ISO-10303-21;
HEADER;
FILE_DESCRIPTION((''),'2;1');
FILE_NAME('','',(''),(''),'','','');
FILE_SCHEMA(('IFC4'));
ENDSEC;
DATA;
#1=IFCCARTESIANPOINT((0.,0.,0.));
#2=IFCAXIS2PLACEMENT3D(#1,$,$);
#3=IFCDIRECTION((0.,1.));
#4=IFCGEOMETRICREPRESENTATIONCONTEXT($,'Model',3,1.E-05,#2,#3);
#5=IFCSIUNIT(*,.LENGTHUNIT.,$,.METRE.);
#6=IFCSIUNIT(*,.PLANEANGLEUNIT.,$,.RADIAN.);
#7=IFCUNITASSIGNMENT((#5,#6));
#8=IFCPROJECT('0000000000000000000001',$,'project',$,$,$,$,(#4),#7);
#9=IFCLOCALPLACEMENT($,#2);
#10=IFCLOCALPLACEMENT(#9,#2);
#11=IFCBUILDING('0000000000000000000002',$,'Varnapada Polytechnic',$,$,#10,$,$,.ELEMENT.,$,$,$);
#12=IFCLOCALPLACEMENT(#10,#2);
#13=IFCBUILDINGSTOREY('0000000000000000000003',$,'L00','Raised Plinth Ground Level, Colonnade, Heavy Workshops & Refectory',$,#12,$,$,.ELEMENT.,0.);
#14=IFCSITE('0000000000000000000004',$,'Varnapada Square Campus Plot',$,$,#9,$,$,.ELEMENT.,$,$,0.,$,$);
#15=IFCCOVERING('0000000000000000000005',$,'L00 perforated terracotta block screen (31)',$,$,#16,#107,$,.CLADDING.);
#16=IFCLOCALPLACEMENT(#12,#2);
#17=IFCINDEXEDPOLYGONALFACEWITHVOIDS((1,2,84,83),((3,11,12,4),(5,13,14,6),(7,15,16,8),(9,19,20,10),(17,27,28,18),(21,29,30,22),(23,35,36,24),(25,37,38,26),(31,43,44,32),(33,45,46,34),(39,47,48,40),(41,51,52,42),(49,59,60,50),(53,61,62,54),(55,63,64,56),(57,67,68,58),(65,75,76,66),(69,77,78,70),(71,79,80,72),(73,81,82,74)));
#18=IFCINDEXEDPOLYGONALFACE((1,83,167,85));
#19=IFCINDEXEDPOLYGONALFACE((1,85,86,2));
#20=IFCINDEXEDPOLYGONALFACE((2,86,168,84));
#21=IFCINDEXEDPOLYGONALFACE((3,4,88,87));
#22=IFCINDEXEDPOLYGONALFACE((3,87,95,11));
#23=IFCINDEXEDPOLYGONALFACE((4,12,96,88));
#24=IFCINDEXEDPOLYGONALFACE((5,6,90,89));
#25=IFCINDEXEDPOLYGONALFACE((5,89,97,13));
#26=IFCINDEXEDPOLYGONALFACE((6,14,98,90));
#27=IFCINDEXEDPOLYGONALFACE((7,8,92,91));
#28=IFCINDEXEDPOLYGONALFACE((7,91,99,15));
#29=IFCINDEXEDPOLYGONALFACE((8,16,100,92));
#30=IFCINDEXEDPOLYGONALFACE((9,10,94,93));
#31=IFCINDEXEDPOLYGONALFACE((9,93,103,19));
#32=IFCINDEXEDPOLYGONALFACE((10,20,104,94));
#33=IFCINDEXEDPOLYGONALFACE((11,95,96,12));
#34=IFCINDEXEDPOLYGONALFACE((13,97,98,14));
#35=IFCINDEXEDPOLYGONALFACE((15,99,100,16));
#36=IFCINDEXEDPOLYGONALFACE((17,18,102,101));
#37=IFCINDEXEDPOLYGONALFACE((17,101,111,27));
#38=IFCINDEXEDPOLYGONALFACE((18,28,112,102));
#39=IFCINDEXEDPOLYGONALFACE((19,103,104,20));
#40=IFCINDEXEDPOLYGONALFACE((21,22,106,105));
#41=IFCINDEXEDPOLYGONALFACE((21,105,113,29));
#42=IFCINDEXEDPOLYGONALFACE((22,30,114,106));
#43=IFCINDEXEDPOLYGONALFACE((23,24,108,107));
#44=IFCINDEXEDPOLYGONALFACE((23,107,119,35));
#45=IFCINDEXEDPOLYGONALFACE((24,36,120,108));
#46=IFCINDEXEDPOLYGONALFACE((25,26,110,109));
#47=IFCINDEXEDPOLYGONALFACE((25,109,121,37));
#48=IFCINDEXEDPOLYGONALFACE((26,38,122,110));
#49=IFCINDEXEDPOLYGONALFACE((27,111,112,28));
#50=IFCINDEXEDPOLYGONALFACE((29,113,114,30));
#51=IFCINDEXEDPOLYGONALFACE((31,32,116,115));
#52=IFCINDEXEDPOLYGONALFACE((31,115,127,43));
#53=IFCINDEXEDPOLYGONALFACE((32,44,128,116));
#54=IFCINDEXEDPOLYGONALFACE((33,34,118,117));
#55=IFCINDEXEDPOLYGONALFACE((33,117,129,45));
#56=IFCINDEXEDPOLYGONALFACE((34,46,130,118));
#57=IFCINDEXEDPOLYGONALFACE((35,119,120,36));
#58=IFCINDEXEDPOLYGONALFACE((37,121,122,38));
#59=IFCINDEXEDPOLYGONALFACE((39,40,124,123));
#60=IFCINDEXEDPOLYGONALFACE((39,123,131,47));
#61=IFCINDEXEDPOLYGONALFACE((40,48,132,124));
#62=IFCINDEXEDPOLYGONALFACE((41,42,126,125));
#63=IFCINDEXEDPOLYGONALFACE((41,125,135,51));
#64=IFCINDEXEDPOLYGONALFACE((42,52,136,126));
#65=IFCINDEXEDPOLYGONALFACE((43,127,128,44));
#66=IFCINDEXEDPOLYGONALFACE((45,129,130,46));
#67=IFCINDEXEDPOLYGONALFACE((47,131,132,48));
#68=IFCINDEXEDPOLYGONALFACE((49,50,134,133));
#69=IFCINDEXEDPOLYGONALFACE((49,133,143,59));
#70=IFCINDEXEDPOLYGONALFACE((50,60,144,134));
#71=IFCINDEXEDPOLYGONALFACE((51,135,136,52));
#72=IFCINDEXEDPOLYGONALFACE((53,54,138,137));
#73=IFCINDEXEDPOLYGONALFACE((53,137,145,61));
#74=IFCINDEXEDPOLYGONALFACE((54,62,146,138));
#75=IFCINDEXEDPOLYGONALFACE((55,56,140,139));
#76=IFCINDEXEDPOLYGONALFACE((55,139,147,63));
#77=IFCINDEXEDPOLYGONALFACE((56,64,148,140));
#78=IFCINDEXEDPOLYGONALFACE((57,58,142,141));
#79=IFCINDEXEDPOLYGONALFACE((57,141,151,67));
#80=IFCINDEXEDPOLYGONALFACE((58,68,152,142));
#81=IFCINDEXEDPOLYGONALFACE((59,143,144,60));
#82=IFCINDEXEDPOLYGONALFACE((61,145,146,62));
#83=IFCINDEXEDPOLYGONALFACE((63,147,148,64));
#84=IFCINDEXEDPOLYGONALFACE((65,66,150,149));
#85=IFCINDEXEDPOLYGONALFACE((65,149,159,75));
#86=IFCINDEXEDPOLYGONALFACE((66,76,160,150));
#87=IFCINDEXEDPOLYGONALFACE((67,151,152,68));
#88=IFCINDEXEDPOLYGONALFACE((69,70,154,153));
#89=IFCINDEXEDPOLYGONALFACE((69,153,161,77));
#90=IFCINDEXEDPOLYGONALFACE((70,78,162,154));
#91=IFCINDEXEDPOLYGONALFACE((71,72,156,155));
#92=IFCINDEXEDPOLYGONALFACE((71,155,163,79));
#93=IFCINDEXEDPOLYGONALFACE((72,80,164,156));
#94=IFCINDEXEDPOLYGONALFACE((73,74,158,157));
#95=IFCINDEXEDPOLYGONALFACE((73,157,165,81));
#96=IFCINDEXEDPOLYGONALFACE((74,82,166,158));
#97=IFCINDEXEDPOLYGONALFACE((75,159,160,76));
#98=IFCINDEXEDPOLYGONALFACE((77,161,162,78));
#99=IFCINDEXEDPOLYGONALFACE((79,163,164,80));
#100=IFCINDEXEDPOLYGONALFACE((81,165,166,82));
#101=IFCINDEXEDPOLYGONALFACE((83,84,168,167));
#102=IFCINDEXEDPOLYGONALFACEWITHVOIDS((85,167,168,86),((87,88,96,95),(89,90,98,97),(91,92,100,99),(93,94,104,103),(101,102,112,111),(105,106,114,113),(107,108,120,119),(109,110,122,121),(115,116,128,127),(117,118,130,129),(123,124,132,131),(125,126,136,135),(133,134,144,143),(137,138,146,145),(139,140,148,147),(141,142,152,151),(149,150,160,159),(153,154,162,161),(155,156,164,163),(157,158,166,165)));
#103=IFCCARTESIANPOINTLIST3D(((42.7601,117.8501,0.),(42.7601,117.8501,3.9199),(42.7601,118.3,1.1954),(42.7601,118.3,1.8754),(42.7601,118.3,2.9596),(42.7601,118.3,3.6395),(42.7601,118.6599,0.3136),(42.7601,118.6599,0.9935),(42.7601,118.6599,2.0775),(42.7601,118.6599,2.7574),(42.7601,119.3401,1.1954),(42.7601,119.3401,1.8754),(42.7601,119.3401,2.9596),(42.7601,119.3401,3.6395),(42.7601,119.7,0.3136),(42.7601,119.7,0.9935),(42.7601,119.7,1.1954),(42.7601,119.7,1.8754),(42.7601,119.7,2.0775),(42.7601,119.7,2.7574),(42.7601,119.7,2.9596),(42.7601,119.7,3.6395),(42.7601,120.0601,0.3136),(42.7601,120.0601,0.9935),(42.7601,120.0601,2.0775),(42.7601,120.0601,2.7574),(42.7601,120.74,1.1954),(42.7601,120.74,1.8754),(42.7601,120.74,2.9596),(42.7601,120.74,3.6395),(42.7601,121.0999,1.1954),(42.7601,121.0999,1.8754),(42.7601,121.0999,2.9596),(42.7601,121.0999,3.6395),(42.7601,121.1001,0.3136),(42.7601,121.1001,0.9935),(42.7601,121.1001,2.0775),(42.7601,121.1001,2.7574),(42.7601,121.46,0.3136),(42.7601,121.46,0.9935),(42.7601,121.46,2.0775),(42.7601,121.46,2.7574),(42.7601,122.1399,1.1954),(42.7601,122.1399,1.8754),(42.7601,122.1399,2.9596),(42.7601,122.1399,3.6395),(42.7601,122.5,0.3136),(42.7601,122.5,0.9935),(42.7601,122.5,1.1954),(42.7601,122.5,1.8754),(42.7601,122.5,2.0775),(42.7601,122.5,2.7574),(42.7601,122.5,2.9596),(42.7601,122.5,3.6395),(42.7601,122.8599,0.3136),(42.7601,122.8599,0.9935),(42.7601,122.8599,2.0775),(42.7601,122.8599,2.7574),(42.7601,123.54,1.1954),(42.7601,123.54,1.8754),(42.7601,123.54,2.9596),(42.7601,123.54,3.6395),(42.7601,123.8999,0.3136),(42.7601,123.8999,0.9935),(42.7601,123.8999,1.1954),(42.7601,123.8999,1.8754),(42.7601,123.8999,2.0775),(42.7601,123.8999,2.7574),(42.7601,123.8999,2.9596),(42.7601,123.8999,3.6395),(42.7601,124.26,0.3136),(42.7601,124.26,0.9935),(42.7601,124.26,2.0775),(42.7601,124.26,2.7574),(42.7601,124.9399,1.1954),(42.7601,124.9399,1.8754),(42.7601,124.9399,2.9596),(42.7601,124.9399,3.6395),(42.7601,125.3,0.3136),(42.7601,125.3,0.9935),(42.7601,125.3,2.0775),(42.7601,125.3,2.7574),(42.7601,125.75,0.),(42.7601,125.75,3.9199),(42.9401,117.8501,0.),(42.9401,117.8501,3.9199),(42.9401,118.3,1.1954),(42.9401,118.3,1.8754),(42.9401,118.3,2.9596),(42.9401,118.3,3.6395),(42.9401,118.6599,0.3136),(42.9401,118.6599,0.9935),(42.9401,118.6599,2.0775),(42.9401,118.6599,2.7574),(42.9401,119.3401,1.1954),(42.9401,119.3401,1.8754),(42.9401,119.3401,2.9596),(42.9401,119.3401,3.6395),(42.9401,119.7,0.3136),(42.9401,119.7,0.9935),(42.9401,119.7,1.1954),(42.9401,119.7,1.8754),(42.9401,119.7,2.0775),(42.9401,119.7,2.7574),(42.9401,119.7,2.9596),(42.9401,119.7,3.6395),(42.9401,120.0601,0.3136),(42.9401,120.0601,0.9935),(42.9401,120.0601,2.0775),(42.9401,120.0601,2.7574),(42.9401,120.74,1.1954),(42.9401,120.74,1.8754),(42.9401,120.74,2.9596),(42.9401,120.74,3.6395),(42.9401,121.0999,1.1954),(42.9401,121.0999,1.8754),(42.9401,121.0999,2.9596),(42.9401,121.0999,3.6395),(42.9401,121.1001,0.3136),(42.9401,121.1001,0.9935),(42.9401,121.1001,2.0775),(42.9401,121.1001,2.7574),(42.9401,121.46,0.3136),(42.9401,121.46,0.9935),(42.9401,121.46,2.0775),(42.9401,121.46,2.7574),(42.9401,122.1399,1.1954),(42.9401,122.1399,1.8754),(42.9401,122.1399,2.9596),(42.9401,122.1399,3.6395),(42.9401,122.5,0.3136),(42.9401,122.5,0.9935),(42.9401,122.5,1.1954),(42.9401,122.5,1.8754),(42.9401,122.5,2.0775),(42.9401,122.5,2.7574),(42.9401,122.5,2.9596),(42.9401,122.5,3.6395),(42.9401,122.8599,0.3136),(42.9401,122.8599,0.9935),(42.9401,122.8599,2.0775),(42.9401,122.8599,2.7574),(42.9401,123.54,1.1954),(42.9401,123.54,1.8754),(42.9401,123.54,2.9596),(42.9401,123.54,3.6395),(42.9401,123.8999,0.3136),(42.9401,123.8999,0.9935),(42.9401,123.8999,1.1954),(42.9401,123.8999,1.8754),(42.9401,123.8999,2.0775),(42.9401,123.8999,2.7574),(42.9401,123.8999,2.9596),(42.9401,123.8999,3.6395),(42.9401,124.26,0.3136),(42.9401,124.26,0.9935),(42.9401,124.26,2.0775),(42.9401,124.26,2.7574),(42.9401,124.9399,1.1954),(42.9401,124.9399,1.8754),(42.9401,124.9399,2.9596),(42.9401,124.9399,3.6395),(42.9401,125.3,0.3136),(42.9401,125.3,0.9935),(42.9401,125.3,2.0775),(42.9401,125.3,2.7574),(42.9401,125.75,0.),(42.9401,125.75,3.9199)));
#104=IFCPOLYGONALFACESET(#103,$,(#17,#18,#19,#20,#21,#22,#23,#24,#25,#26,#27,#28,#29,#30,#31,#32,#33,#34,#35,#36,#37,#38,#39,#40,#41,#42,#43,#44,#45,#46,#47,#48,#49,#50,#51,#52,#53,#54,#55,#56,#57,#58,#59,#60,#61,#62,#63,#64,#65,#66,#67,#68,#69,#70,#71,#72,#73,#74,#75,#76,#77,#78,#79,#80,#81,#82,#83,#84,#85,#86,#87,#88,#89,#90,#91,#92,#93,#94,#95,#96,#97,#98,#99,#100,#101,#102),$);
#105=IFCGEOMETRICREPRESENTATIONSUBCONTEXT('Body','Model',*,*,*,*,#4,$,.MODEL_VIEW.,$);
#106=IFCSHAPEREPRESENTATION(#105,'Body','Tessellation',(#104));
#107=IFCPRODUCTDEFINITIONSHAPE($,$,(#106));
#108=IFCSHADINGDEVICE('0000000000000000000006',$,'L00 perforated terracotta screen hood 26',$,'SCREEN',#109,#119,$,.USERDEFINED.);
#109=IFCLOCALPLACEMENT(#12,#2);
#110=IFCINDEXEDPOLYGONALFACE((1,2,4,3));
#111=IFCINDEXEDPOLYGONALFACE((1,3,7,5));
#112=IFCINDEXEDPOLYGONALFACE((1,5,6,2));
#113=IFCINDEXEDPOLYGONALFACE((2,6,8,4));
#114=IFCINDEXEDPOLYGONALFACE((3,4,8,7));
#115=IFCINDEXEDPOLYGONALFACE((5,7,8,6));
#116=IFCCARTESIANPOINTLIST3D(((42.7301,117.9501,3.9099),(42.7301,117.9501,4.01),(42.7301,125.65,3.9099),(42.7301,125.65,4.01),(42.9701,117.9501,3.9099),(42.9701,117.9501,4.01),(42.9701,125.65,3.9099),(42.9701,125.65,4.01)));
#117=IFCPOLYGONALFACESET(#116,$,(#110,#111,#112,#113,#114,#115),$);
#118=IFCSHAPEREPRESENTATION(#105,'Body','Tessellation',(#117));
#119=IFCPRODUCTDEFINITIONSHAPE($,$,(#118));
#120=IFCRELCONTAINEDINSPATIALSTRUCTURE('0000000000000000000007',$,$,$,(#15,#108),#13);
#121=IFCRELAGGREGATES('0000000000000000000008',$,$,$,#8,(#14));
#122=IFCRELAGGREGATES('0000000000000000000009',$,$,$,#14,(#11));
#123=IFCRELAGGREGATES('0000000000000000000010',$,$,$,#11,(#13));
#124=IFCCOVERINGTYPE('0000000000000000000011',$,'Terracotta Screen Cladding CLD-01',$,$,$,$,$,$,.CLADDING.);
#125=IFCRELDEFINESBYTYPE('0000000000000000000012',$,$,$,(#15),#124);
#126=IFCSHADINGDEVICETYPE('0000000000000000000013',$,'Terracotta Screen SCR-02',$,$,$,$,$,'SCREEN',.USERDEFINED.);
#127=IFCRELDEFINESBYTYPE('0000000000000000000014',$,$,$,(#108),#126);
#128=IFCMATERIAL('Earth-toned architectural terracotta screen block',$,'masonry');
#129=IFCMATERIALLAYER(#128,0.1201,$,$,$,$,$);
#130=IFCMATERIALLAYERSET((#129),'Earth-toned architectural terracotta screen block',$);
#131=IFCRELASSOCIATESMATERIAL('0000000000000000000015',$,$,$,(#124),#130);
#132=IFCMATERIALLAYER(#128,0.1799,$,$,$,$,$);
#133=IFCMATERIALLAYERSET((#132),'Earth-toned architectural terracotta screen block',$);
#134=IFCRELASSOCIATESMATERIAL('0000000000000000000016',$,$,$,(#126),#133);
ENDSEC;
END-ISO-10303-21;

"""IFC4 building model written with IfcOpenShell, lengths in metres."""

from ifc_helpers import new_model, si_unit, direction, frame, frame_2d, origin, origin_2d, place, context, subcontext, project, spatial, rectangle, extrude, material, layer, layer_set, type_object, element, save


model = new_model("IFC4")

# Units and contexts
model_context = context("Model", 3, precision=1e-05, world=origin(), true_north=direction((0.0, 1.0)))
body_context = subcontext(model_context, "Body", "Model", "MODEL_VIEW")
ifc_project = project(units=[si_unit("LENGTHUNIT", "METRE"), si_unit("PLANEANGLEUNIT", "RADIAN")], contexts=[model_context])

# Site, building, storey
site_placement = place(None, origin())
site = spatial("IfcSite", under=ifc_project, at=site_placement, Name="Varnapada Square Campus Plot", CompositionType="ELEMENT", RefElevation=0.0)
building_placement = place(site_placement, origin())
building = spatial("IfcBuilding", under=site, at=building_placement, Name="Varnapada Polytechnic", CompositionType="ELEMENT")
storey_placement = place(building_placement, origin())
storey = spatial("IfcBuildingStorey", under=building, at=storey_placement, Name="L00", Description="Raised Plinth Ground Level, Colonnade, Heavy Workshops & Refectory", CompositionType="ELEMENT", Elevation=0.0)

# Covering, openings
ifc_material_1 = material(Name="Earth-toned architectural terracotta screen block", Category="masonry")
ifc_layer_1 = layer(ifc_material_1, 0.1201)
ifc_layer_set_1 = layer_set([ifc_layer_1], Name="Earth-toned architectural terracotta screen block")
covering_type = type_object("IfcCoveringType", Name="Terracotta Screen Cladding CLD-01", PredefinedType="CLADDING", material=ifc_layer_set_1)
covering_placement = place(storey_placement, frame((42.8501, 125.75, 0.0), z_axis=(0.0, 0.0, 1.0), x_axis=(0.0, -1.0, 0.0)))
covering = element("IfcCovering", 1, at=covering_placement, inside=storey, type_object=covering_type, Name="L00 perforated terracotta block screen (31)", PredefinedType="CLADDING", context=body_context, shape_type="SweptSolid", body=[
    extrude(rectangle(XDim=7.8999, YDim=0.1799, at=frame_2d((3.95, 0.0))), origin(), (0.0, 0.0, 1.0), 3.9199),
])
opening_1_placement = place(covering_placement, frame((0.45, 0.0, 0.3137)))
element("IfcOpeningElement", 2, at=opening_1_placement, cuts=covering, PredefinedType="OPENING", context=body_context, shape_type="SweptSolid", body=[
    extrude(rectangle(XDim=1.04, YDim=0.6799, at=frame_2d((0.52, 0.3398))), frame((0.0, 0.0999, 0.0), z_axis=(0.0, -1.0, 0.0), x_axis=(1.0, 0.0, 0.0)), (0.0, 0.0, 1.0), 0.2),
])
opening_2_placement = place(covering_placement, frame((1.8501, 0.0, 0.3137)))
element("IfcOpeningElement", 3, at=opening_2_placement, cuts=covering, PredefinedType="OPENING", context=body_context, shape_type="SweptSolid", body=[
    extrude(rectangle(XDim=1.04, YDim=0.6799, at=frame_2d((0.52, 0.3398))), frame((0.0, 0.0999, 0.0), z_axis=(0.0, -1.0, 0.0), x_axis=(1.0, 0.0, 0.0)), (0.0, 0.0, 1.0), 0.2),
])
opening_3_placement = place(covering_placement, frame((3.25, 0.0, 0.3137)))
element("IfcOpeningElement", 4, at=opening_3_placement, cuts=covering, PredefinedType="OPENING", context=body_context, shape_type="SweptSolid", body=[
    extrude(rectangle(XDim=1.04, YDim=0.6799, at=frame_2d((0.52, 0.3398))), frame((0.0, 0.0999, 0.0), z_axis=(0.0, -1.0, 0.0), x_axis=(1.0, 0.0, 0.0)), (0.0, 0.0, 1.0), 0.2),
])
opening_4_placement = place(covering_placement, frame((4.6499, 0.0, 0.3137)))
element("IfcOpeningElement", 5, at=opening_4_placement, cuts=covering, PredefinedType="OPENING", context=body_context, shape_type="SweptSolid", body=[
    extrude(rectangle(XDim=1.04, YDim=0.6799, at=frame_2d((0.52, 0.3398))), frame((0.0, 0.0999, 0.0), z_axis=(0.0, -1.0, 0.0), x_axis=(1.0, 0.0, 0.0)), (0.0, 0.0, 1.0), 0.2),
])
opening_5_placement = place(covering_placement, frame((6.05, 0.0, 0.3137)))
element("IfcOpeningElement", 6, at=opening_5_placement, cuts=covering, PredefinedType="OPENING", context=body_context, shape_type="SweptSolid", body=[
    extrude(rectangle(XDim=1.04, YDim=0.6799, at=frame_2d((0.52, 0.3398))), frame((0.0, 0.0999, 0.0), z_axis=(0.0, -1.0, 0.0), x_axis=(1.0, 0.0, 0.0)), (0.0, 0.0, 1.0), 0.2),
])
opening_6_placement = place(covering_placement, frame((0.8101, 0.0, 1.1956)))
element("IfcOpeningElement", 7, at=opening_6_placement, cuts=covering, PredefinedType="OPENING", context=body_context, shape_type="SweptSolid", body=[
    extrude(rectangle(XDim=1.04, YDim=0.6799, at=frame_2d((0.52, 0.3398))), frame((0.0, 0.0999, 0.0), z_axis=(0.0, -1.0, 0.0), x_axis=(1.0, 0.0, 0.0)), (0.0, 0.0, 1.0), 0.2),
])
opening_7_placement = place(covering_placement, frame((2.21, 0.0, 1.1956)))
element("IfcOpeningElement", 8, at=opening_7_placement, cuts=covering, PredefinedType="OPENING", context=body_context, shape_type="SweptSolid", body=[
    extrude(rectangle(XDim=1.04, YDim=0.6799, at=frame_2d((0.52, 0.3398))), frame((0.0, 0.0999, 0.0), z_axis=(0.0, -1.0, 0.0), x_axis=(1.0, 0.0, 0.0)), (0.0, 0.0, 1.0), 0.2),
])
opening_8_placement = place(covering_placement, frame((3.6101, 0.0, 1.1956)))
element("IfcOpeningElement", 9, at=opening_8_placement, cuts=covering, PredefinedType="OPENING", context=body_context, shape_type="SweptSolid", body=[
    extrude(rectangle(XDim=1.04, YDim=0.6799, at=frame_2d((0.52, 0.3398))), frame((0.0, 0.0999, 0.0), z_axis=(0.0, -1.0, 0.0), x_axis=(1.0, 0.0, 0.0)), (0.0, 0.0, 1.0), 0.2),
])
opening_9_placement = place(covering_placement, frame((5.01, 0.0, 1.1956)))
element("IfcOpeningElement", 10, at=opening_9_placement, cuts=covering, PredefinedType="OPENING", context=body_context, shape_type="SweptSolid", body=[
    extrude(rectangle(XDim=1.04, YDim=0.6799, at=frame_2d((0.52, 0.3398))), frame((0.0, 0.0999, 0.0), z_axis=(0.0, -1.0, 0.0), x_axis=(1.0, 0.0, 0.0)), (0.0, 0.0, 1.0), 0.2),
])
opening_10_placement = place(covering_placement, frame((6.4099, 0.0, 1.1956)))
element("IfcOpeningElement", 11, at=opening_10_placement, cuts=covering, PredefinedType="OPENING", context=body_context, shape_type="SweptSolid", body=[
    extrude(rectangle(XDim=1.04, YDim=0.6799, at=frame_2d((0.52, 0.3398))), frame((0.0, 0.0999, 0.0), z_axis=(0.0, -1.0, 0.0), x_axis=(1.0, 0.0, 0.0)), (0.0, 0.0, 1.0), 0.2),
])
opening_11_placement = place(covering_placement, frame((0.45, 0.0, 2.0776)))
element("IfcOpeningElement", 12, at=opening_11_placement, cuts=covering, PredefinedType="OPENING", context=body_context, shape_type="SweptSolid", body=[
    extrude(rectangle(XDim=1.04, YDim=0.6799, at=frame_2d((0.52, 0.3398))), frame((0.0, 0.0999, 0.0), z_axis=(0.0, -1.0, 0.0), x_axis=(1.0, 0.0, 0.0)), (0.0, 0.0, 1.0), 0.2),
])
opening_12_placement = place(covering_placement, frame((1.8501, 0.0, 2.0776)))
element("IfcOpeningElement", 13, at=opening_12_placement, cuts=covering, PredefinedType="OPENING", context=body_context, shape_type="SweptSolid", body=[
    extrude(rectangle(XDim=1.04, YDim=0.6799, at=frame_2d((0.52, 0.3398))), frame((0.0, 0.0999, 0.0), z_axis=(0.0, -1.0, 0.0), x_axis=(1.0, 0.0, 0.0)), (0.0, 0.0, 1.0), 0.2),
])
opening_13_placement = place(covering_placement, frame((3.25, 0.0, 2.0776)))
element("IfcOpeningElement", 14, at=opening_13_placement, cuts=covering, PredefinedType="OPENING", context=body_context, shape_type="SweptSolid", body=[
    extrude(rectangle(XDim=1.04, YDim=0.6799, at=frame_2d((0.52, 0.3398))), frame((0.0, 0.0999, 0.0), z_axis=(0.0, -1.0, 0.0), x_axis=(1.0, 0.0, 0.0)), (0.0, 0.0, 1.0), 0.2),
])
opening_14_placement = place(covering_placement, frame((4.6499, 0.0, 2.0776)))
element("IfcOpeningElement", 15, at=opening_14_placement, cuts=covering, PredefinedType="OPENING", context=body_context, shape_type="SweptSolid", body=[
    extrude(rectangle(XDim=1.04, YDim=0.6799, at=frame_2d((0.52, 0.3398))), frame((0.0, 0.0999, 0.0), z_axis=(0.0, -1.0, 0.0), x_axis=(1.0, 0.0, 0.0)), (0.0, 0.0, 1.0), 0.2),
])
opening_15_placement = place(covering_placement, frame((6.05, 0.0, 2.0776)))
element("IfcOpeningElement", 16, at=opening_15_placement, cuts=covering, PredefinedType="OPENING", context=body_context, shape_type="SweptSolid", body=[
    extrude(rectangle(XDim=1.04, YDim=0.6799, at=frame_2d((0.52, 0.3398))), frame((0.0, 0.0999, 0.0), z_axis=(0.0, -1.0, 0.0), x_axis=(1.0, 0.0, 0.0)), (0.0, 0.0, 1.0), 0.2),
])
opening_16_placement = place(covering_placement, frame((0.8101, 0.0, 2.9597)))
element("IfcOpeningElement", 17, at=opening_16_placement, cuts=covering, PredefinedType="OPENING", context=body_context, shape_type="SweptSolid", body=[
    extrude(rectangle(XDim=1.04, YDim=0.6799, at=frame_2d((0.52, 0.3398))), frame((0.0, 0.0999, 0.0), z_axis=(0.0, -1.0, 0.0), x_axis=(1.0, 0.0, 0.0)), (0.0, 0.0, 1.0), 0.2),
])
opening_17_placement = place(covering_placement, frame((2.21, 0.0, 2.9597)))
element("IfcOpeningElement", 18, at=opening_17_placement, cuts=covering, PredefinedType="OPENING", context=body_context, shape_type="SweptSolid", body=[
    extrude(rectangle(XDim=1.04, YDim=0.6799, at=frame_2d((0.52, 0.3398))), frame((0.0, 0.0999, 0.0), z_axis=(0.0, -1.0, 0.0), x_axis=(1.0, 0.0, 0.0)), (0.0, 0.0, 1.0), 0.2),
])
opening_18_placement = place(covering_placement, frame((3.6101, 0.0, 2.9597)))
element("IfcOpeningElement", 19, at=opening_18_placement, cuts=covering, PredefinedType="OPENING", context=body_context, shape_type="SweptSolid", body=[
    extrude(rectangle(XDim=1.04, YDim=0.6799, at=frame_2d((0.52, 0.3398))), frame((0.0, 0.0999, 0.0), z_axis=(0.0, -1.0, 0.0), x_axis=(1.0, 0.0, 0.0)), (0.0, 0.0, 1.0), 0.2),
])
opening_19_placement = place(covering_placement, frame((5.01, 0.0, 2.9597)))
element("IfcOpeningElement", 20, at=opening_19_placement, cuts=covering, PredefinedType="OPENING", context=body_context, shape_type="SweptSolid", body=[
    extrude(rectangle(XDim=1.04, YDim=0.6799, at=frame_2d((0.52, 0.3398))), frame((0.0, 0.0999, 0.0), z_axis=(0.0, -1.0, 0.0), x_axis=(1.0, 0.0, 0.0)), (0.0, 0.0, 1.0), 0.2),
])
opening_20_placement = place(covering_placement, frame((6.4099, 0.0, 2.9597)))
element("IfcOpeningElement", 21, at=opening_20_placement, cuts=covering, PredefinedType="OPENING", context=body_context, shape_type="SweptSolid", body=[
    extrude(rectangle(XDim=1.04, YDim=0.6799, at=frame_2d((0.52, 0.3398))), frame((0.0, 0.0999, 0.0), z_axis=(0.0, -1.0, 0.0), x_axis=(1.0, 0.0, 0.0)), (0.0, 0.0, 1.0), 0.2),
])

# Shading device
ifc_layer_2 = layer(ifc_material_1, 0.1799)
ifc_layer_set_2 = layer_set([ifc_layer_2], Name="Earth-toned architectural terracotta screen block")
shading_device_type = type_object("IfcShadingDeviceType", Name="Terracotta Screen SCR-02", ElementType="SCREEN", PredefinedType="USERDEFINED", material=ifc_layer_set_2)
shading_device_1_placement = place(storey_placement, frame((42.8501, 121.8, 3.9099), z_axis=(0.0, 0.0, 1.0), x_axis=(0.0, -1.0, 0.0)))
element("IfcShadingDevice", 22, at=shading_device_1_placement, inside=storey, type_object=shading_device_type, Name="L00 perforated terracotta screen hood 26", ObjectType="SCREEN", PredefinedType="USERDEFINED", context=body_context, shape_type="SweptSolid", body=[
    extrude(rectangle(XDim=7.7, YDim=0.24, at=origin_2d()), origin(), (0.0, 0.0, 1.0), 0.1001),
])

save(model, "model.ifc")
